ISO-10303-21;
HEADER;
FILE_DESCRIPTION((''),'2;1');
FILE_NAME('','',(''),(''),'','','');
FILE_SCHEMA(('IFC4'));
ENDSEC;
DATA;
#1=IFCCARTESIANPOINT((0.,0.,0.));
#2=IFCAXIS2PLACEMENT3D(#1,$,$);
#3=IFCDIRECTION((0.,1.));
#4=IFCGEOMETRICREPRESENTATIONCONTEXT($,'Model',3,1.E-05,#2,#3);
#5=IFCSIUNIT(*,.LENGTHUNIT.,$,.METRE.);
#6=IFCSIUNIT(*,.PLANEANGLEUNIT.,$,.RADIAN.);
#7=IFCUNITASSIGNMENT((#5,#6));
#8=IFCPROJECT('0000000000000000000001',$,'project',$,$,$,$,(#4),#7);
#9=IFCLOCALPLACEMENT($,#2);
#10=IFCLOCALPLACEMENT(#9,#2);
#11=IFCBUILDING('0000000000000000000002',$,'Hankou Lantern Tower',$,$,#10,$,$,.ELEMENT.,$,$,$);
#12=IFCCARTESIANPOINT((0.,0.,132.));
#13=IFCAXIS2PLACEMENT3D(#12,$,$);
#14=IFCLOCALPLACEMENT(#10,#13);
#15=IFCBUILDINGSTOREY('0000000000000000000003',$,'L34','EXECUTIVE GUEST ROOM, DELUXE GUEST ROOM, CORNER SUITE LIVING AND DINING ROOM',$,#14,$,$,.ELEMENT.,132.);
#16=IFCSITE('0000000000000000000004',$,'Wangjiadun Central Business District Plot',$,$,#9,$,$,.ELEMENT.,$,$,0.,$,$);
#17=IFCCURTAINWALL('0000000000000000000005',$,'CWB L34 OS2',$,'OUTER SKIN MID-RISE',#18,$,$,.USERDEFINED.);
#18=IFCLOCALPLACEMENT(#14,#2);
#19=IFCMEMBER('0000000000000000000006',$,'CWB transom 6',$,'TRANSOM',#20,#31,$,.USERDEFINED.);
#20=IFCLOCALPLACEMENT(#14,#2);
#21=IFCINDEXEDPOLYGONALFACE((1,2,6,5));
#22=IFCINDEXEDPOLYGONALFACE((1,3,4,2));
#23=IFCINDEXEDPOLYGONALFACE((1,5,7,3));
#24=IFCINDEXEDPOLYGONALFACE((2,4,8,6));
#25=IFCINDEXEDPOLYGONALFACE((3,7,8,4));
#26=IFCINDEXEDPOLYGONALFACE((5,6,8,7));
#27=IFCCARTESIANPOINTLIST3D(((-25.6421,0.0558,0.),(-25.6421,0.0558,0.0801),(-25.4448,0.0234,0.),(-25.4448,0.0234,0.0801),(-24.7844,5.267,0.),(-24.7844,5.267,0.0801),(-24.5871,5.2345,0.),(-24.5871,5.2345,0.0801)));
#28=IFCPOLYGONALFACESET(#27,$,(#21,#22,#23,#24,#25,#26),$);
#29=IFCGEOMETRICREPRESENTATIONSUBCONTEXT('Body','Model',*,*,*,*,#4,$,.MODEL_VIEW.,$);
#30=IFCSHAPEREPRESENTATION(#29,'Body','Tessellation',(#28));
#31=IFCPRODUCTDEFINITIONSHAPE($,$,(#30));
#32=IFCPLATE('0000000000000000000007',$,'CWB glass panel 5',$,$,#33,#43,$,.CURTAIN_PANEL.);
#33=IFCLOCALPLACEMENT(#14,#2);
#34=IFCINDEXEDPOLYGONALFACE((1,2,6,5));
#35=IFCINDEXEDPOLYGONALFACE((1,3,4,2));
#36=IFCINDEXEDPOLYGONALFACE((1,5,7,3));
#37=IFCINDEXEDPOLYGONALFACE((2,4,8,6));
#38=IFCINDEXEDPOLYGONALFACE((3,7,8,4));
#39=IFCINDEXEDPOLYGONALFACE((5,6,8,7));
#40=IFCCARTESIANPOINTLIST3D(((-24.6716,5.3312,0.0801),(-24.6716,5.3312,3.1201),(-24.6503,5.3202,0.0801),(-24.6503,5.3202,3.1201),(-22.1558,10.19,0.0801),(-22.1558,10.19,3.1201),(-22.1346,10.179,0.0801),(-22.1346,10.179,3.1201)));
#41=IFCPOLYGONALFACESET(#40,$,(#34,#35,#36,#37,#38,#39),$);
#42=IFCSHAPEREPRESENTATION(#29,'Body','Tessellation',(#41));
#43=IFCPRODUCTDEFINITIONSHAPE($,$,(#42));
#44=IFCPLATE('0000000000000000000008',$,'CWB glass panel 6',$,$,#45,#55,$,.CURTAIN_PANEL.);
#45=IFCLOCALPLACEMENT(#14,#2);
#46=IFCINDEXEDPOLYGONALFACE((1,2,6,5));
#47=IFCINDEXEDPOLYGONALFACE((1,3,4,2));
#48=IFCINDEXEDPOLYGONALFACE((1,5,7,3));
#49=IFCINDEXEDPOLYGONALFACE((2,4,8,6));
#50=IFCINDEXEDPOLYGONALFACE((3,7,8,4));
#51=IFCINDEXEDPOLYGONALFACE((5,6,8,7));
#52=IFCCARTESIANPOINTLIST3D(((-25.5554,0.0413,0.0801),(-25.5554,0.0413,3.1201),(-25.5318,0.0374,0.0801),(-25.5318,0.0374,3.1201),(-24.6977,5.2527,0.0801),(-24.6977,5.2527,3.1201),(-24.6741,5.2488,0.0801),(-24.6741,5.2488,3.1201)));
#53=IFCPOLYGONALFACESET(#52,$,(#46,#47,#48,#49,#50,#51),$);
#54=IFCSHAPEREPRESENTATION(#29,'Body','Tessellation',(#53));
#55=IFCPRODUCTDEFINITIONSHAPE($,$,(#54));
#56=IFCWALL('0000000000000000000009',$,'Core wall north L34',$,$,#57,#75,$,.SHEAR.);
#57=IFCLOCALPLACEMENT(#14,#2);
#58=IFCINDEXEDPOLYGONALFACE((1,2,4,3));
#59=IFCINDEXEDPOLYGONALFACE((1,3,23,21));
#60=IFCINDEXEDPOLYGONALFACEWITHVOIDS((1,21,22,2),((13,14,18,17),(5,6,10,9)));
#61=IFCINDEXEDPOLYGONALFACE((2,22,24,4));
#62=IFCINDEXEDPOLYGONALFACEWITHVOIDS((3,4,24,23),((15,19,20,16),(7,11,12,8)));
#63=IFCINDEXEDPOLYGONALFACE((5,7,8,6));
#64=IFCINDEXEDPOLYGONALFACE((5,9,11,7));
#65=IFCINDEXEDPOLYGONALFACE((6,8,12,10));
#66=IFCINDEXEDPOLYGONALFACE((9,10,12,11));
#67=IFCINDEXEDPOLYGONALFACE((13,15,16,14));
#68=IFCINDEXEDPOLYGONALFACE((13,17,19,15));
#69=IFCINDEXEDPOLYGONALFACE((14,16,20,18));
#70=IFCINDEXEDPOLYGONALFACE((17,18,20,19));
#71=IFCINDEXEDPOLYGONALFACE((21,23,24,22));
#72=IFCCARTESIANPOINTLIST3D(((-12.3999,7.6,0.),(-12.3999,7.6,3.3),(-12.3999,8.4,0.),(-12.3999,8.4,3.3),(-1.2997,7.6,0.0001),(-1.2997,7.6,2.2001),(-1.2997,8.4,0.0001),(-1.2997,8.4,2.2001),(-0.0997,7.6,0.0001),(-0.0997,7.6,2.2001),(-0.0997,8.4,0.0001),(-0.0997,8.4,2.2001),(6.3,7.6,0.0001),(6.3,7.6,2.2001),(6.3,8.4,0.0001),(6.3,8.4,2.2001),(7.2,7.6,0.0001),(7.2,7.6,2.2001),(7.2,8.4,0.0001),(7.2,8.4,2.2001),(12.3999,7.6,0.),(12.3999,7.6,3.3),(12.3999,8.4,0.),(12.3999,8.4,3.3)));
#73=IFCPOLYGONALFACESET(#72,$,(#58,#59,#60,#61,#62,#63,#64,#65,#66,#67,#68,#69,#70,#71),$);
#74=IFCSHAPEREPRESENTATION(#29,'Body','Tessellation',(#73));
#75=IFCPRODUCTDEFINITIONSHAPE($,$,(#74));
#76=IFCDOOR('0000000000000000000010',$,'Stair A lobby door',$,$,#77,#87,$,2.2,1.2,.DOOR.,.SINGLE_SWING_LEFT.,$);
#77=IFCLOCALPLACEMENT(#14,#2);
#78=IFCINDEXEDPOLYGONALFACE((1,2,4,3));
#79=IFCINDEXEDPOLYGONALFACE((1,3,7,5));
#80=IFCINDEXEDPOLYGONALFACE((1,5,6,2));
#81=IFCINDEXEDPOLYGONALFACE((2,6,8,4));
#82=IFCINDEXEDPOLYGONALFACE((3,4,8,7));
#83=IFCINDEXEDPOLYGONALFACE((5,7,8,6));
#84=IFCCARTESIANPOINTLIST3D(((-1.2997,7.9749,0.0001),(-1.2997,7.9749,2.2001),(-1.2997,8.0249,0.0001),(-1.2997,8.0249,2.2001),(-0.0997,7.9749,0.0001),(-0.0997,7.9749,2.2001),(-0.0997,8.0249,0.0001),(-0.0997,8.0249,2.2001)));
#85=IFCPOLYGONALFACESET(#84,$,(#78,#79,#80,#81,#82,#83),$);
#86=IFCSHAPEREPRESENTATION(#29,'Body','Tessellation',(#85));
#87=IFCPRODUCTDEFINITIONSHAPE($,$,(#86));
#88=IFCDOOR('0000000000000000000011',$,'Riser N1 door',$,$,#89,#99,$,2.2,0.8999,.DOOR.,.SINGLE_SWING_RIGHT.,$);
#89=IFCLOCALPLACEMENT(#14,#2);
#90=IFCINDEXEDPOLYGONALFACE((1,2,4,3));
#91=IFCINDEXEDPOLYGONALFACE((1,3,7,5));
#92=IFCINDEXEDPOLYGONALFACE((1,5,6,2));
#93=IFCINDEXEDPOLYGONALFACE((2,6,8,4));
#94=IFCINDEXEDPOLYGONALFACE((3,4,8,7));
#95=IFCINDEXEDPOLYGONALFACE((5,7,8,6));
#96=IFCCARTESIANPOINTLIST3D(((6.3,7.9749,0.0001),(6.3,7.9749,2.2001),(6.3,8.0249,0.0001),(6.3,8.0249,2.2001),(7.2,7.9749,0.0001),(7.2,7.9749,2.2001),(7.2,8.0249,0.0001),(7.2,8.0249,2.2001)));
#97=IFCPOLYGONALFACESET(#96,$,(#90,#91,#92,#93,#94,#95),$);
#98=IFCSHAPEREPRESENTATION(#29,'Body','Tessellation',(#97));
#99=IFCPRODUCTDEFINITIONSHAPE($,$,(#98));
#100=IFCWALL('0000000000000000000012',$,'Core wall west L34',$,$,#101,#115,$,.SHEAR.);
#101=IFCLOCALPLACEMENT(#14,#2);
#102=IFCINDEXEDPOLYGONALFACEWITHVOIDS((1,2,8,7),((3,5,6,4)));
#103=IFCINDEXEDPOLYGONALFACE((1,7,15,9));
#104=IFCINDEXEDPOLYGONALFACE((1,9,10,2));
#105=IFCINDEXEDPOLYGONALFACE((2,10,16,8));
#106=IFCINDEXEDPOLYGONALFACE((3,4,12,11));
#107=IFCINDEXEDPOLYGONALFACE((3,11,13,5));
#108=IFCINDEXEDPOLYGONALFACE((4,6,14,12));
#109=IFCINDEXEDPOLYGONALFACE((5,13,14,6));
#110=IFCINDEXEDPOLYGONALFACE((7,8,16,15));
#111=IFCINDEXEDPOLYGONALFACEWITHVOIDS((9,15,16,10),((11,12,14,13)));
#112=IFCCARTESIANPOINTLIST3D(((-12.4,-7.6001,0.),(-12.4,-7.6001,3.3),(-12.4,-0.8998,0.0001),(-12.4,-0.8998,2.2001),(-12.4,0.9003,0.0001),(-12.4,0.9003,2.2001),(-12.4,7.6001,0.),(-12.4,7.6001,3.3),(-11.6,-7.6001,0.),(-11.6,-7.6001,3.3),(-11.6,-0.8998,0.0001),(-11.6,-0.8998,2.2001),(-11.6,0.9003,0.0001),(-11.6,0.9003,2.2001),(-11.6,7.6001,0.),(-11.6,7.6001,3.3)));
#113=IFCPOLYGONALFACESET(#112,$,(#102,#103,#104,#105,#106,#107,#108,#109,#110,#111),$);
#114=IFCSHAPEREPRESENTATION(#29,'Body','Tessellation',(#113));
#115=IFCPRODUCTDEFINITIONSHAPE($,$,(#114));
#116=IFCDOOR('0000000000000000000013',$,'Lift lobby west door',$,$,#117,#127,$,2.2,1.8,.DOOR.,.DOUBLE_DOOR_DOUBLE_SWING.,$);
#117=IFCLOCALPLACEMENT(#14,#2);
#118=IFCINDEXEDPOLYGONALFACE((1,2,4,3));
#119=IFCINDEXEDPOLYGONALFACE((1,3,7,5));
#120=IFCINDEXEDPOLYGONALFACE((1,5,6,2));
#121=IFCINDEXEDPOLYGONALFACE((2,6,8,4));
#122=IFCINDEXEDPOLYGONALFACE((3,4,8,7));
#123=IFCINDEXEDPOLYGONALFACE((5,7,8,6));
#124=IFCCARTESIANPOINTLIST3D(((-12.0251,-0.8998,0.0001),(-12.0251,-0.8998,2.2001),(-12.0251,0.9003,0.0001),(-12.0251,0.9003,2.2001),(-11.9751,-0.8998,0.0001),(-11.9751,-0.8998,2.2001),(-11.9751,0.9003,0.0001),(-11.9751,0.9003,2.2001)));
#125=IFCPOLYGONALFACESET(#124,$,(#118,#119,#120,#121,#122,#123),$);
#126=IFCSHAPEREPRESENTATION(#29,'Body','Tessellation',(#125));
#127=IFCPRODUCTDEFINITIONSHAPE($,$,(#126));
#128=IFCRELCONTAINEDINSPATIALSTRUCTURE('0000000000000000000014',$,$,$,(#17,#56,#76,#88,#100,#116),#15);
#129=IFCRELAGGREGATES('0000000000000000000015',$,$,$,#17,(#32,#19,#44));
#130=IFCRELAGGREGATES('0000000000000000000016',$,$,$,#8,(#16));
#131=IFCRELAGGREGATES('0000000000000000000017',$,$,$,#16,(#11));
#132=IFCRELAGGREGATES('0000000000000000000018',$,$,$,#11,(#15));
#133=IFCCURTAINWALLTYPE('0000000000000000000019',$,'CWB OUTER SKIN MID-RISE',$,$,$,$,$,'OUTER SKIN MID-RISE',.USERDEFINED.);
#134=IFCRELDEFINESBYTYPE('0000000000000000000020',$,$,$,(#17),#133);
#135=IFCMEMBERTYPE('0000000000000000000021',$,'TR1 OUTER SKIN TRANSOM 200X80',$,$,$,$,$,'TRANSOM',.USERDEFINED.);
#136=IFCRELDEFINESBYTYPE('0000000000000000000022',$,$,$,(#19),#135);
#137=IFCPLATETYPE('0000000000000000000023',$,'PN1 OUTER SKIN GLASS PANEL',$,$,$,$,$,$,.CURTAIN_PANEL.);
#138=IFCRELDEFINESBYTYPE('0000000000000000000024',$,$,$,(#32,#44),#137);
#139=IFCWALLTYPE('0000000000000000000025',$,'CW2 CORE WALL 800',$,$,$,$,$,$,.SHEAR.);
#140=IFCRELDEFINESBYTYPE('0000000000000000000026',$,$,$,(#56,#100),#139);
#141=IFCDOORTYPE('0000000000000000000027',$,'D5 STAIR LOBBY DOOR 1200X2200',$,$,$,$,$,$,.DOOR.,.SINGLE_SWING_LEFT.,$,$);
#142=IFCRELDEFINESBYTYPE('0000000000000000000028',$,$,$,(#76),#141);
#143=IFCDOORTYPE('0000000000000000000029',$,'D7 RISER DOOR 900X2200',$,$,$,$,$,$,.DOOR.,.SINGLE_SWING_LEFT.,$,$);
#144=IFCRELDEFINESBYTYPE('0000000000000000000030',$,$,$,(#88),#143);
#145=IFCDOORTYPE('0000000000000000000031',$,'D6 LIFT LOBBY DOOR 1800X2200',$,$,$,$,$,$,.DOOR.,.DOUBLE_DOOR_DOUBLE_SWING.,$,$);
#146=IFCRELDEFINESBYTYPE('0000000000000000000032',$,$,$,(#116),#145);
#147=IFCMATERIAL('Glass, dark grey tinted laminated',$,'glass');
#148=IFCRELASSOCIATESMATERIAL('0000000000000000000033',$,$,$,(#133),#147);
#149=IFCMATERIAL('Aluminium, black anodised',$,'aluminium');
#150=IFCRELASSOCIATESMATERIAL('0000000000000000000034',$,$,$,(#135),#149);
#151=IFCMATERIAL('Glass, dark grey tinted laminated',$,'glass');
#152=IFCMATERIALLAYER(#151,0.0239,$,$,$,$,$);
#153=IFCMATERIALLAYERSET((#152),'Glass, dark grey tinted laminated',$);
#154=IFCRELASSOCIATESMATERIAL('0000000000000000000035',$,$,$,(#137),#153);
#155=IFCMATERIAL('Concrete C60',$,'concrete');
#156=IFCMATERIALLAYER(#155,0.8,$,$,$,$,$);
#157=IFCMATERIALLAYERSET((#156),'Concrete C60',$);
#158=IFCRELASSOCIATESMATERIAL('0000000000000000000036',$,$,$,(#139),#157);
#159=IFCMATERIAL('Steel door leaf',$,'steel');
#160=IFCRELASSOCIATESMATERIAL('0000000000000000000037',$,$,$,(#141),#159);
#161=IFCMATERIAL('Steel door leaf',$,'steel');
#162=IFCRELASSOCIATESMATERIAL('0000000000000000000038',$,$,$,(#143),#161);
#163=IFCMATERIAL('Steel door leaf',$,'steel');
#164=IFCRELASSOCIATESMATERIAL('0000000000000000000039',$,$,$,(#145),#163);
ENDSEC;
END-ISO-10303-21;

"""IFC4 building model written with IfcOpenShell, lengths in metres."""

from ifc_helpers import new_model, si_unit, direction, frame, frame_2d, origin, origin_2d, place, context, subcontext, project, spatial, rectangle, extrude, material, layer, layer_set, material_profile, profile_set, type_object, element, fill, aggregate, save


model = new_model("IFC4")

# Units and contexts
model_context = context("Model", 3, precision=1e-05, world=origin(), true_north=direction((0.0, 1.0)))
body_context = subcontext(model_context, "Body", "Model", "MODEL_VIEW")
ifc_project = project(units=[si_unit("LENGTHUNIT", "METRE"), si_unit("PLANEANGLEUNIT", "RADIAN")], contexts=[model_context])

# Site, building, storey
site_placement = place(None, origin())
site = spatial("IfcSite", under=ifc_project, at=site_placement, Name="Wangjiadun Central Business District Plot", CompositionType="ELEMENT", RefElevation=0.0)
building_placement = place(site_placement, origin())
building = spatial("IfcBuilding", under=site, at=building_placement, Name="Hankou Lantern Tower", CompositionType="ELEMENT")
storey_placement = place(building_placement, frame((0.0, 0.0, 132.0)))
storey = spatial("IfcBuildingStorey", under=building, at=storey_placement, Name="L34", Description="EXECUTIVE GUEST ROOM, DELUXE GUEST ROOM, CORNER SUITE LIVING AND DINING ROOM", CompositionType="ELEMENT", Elevation=132.0)

# Curtain wall
ifc_material_1 = material(Name="Glass, dark grey tinted laminated", Category="glass")
curtain_wall_type = type_object("IfcCurtainWallType", Name="CWB OUTER SKIN MID-RISE", ElementType="OUTER SKIN MID-RISE", PredefinedType="USERDEFINED", material=ifc_material_1)
curtain_wall_placement = place(storey_placement, origin())
curtain_wall = element("IfcCurtainWall", 1, at=curtain_wall_placement, inside=storey, type_object=curtain_wall_type, Name="CWB L34 OS2", ObjectType="OUTER SKIN MID-RISE", PredefinedType="USERDEFINED")

# Member
ifc_material_2 = material(Name="Aluminium, black anodised", Category="aluminium")
ifc_material_profile_1 = material_profile(ifc_material_2, rectangle(XDim=0.2, YDim=0.0801, at=origin_2d()), Name="TR1 200X80")
ifc_profile_set_1 = profile_set([ifc_material_profile_1], Name="Aluminium, black anodised")
member_type_1 = type_object("IfcMemberType", Name="TR1 OUTER SKIN TRANSOM 200X80", ElementType="TRANSOM", PredefinedType="USERDEFINED", material=ifc_profile_set_1)
member_1_placement = place(storey_placement, frame((-24.6858, 5.2507, 0.04), z_axis=(-0.162397, -0.986725, 0.0), x_axis=(0.986725, -0.162397, 0.0)))
member_1 = element("IfcMember", 2, at=member_1_placement, type_object=member_type_1, Name="CWB transom 6", ObjectType="TRANSOM", PredefinedType="USERDEFINED", context=body_context, shape_type="SweptSolid", body=[
    extrude(rectangle(XDim=0.2, YDim=0.0801, at=origin_2d()), origin(), (0.0, 0.0, 1.0), 5.2812),
])

# Plates
ifc_material_3 = material(Name="Glass, dark grey tinted laminated", Category="glass")
ifc_layer_1 = layer(ifc_material_3, 0.0239)
ifc_layer_set_1 = layer_set([ifc_layer_1], Name="Glass, dark grey tinted laminated")
plate_type = type_object("IfcPlateType", Name="PN1 OUTER SKIN GLASS PANEL", PredefinedType="CURTAIN_PANEL", material=ifc_layer_set_1)
plate_1_placement = place(storey_placement, frame((-23.4031, 7.7551, 0.0801), z_axis=(0.0, 0.0, 1.0), x_axis=(-0.459791, -0.888027, 0.0)))
plate_1 = element("IfcPlate", 3, at=plate_1_placement, type_object=plate_type, Name="CWB glass panel 5", PredefinedType="CURTAIN_PANEL", context=body_context, shape_type="SweptSolid", body=[
    extrude(rectangle(XDim=5.4714, YDim=0.0239, at=origin_2d()), origin(), (0.0, 0.0, 1.0), 3.04),
])
plate_2_placement = place(storey_placement, frame((-25.1147, 2.645, 0.0801), z_axis=(0.0, 0.0, 1.0), x_axis=(-0.162382, -0.986728, 0.0)))
plate_2 = element("IfcPlate", 4, at=plate_2_placement, type_object=plate_type, Name="CWB glass panel 6", PredefinedType="CURTAIN_PANEL", context=body_context, shape_type="SweptSolid", body=[
    extrude(rectangle(XDim=5.2815, YDim=0.0239, at=origin_2d()), origin(), (0.0, 0.0, 1.0), 3.04),
])
aggregate(curtain_wall, [plate_1, member_1, plate_2])

# Wall, openings, doors
ifc_material_4 = material(Name="Concrete C60", Category="concrete")
ifc_layer_2 = layer(ifc_material_4, 0.8)
ifc_layer_set_2 = layer_set([ifc_layer_2], Name="Concrete C60")
wall_type_1 = type_object("IfcWallType", Name="CW2 CORE WALL 800", PredefinedType="SHEAR", material=ifc_layer_set_2)
wall_1_placement = place(storey_placement, frame((-12.3999, 8.0, 0.0), z_axis=(0.0, 0.0, 1.0), x_axis=(1.0, 0.0, 0.0)))
wall_1 = element("IfcWall", 5, at=wall_1_placement, inside=storey, type_object=wall_type_1, Name="Core wall north L34", PredefinedType="SHEAR", context=body_context, shape_type="SweptSolid", body=[
    extrude(rectangle(XDim=24.7998, YDim=0.8, at=frame_2d((12.3999, 0.0))), origin(), (0.0, 0.0, 1.0), 3.3),
])
opening_1_placement = place(wall_1_placement, frame((11.1001, 0.0, 0.0)))
opening_1 = element("IfcOpeningElement", 6, at=opening_1_placement, cuts=wall_1, PredefinedType="OPENING", context=body_context, shape_type="SweptSolid", body=[
    extrude(rectangle(XDim=1.2, YDim=2.2, at=frame_2d((0.6001, 1.1001))), frame((0.0, 0.4099, 0.0), z_axis=(0.0, -1.0, 0.0), x_axis=(1.0, 0.0, 0.0)), (0.0, 0.0, 1.0), 0.8201),
])
opening_2_placement = place(wall_1_placement, frame((18.7, 0.0, 0.0)))
opening_2 = element("IfcOpeningElement", 7, at=opening_2_placement, cuts=wall_1, PredefinedType="OPENING", context=body_context, shape_type="SweptSolid", body=[
    extrude(rectangle(XDim=0.8999, YDim=2.2, at=frame_2d((0.45, 1.1001))), frame((0.0, 0.4099, 0.0), z_axis=(0.0, -1.0, 0.0), x_axis=(1.0, 0.0, 0.0)), (0.0, 0.0, 1.0), 0.8201),
])
ifc_material_5 = material(Name="Steel door leaf", Category="steel")
door_type_1 = type_object("IfcDoorType", Name="D5 STAIR LOBBY DOOR 1200X2200", OperationType="SINGLE_SWING_LEFT", PredefinedType="DOOR", material=ifc_material_5)
door_1_placement = place(opening_1_placement, origin())
door_1 = element("IfcDoor", 8, at=door_1_placement, inside=storey, type_object=door_type_1, Name="Stair A lobby door", OperationType="SINGLE_SWING_LEFT", OverallHeight=2.2, OverallWidth=1.2, PredefinedType="DOOR", context=body_context, shape_type="SweptSolid", body=[
    extrude(rectangle(XDim=1.2, YDim=2.2, at=frame_2d((0.6001, 1.1001))), frame((0.0, 0.0249, 0.0), z_axis=(0.0, -1.0, 0.0), x_axis=(1.0, 0.0, 0.0)), (0.0, 0.0, 1.0), 0.05),
])
fill(opening_1, door_1)
ifc_material_6 = material(Name="Steel door leaf", Category="steel")
door_type_2 = type_object("IfcDoorType", Name="D7 RISER DOOR 900X2200", OperationType="SINGLE_SWING_LEFT", PredefinedType="DOOR", material=ifc_material_6)
door_2_placement = place(opening_2_placement, origin())
door_2 = element("IfcDoor", 9, at=door_2_placement, inside=storey, type_object=door_type_2, Name="Riser N1 door", OperationType="SINGLE_SWING_RIGHT", OverallHeight=2.2, OverallWidth=0.8999, PredefinedType="DOOR", context=body_context, shape_type="SweptSolid", body=[
    extrude(rectangle(XDim=0.8999, YDim=2.2, at=frame_2d((0.45, 1.1001))), frame((0.0, 0.0249, 0.0), z_axis=(0.0, -1.0, 0.0), x_axis=(1.0, 0.0, 0.0)), (0.0, 0.0, 1.0), 0.05),
])
fill(opening_2, door_2)

# Wall, opening, door
wall_2_placement = place(storey_placement, frame((-12.0, 7.6001, 0.0), z_axis=(0.0, 0.0, 1.0), x_axis=(0.0, -1.0, 0.0)))
wall_2 = element("IfcWall", 10, at=wall_2_placement, inside=storey, type_object=wall_type_1, Name="Core wall west L34", PredefinedType="SHEAR", context=body_context, shape_type="SweptSolid", body=[
    extrude(rectangle(XDim=15.2002, YDim=0.8, at=frame_2d((7.6001, 0.0))), origin(), (0.0, 0.0, 1.0), 3.3),
])
opening_3_placement = place(wall_2_placement, frame((6.7, 0.0, 0.0)))
opening_3 = element("IfcOpeningElement", 11, at=opening_3_placement, cuts=wall_2, PredefinedType="OPENING", context=body_context, shape_type="SweptSolid", body=[
    extrude(rectangle(XDim=1.8, YDim=2.2, at=frame_2d((0.8999, 1.1001))), frame((0.0, 0.4099, 0.0), z_axis=(0.0, -1.0, 0.0), x_axis=(1.0, 0.0, 0.0)), (0.0, 0.0, 1.0), 0.8201),
])
ifc_material_7 = material(Name="Steel door leaf", Category="steel")
door_type_3 = type_object("IfcDoorType", Name="D6 LIFT LOBBY DOOR 1800X2200", OperationType="DOUBLE_DOOR_DOUBLE_SWING", PredefinedType="DOOR", material=ifc_material_7)
door_3_placement = place(opening_3_placement, origin())
door_3 = element("IfcDoor", 12, at=door_3_placement, inside=storey, type_object=door_type_3, Name="Lift lobby west door", OperationType="DOUBLE_DOOR_DOUBLE_SWING", OverallHeight=2.2, OverallWidth=1.8, PredefinedType="DOOR", context=body_context, shape_type="SweptSolid", body=[
    extrude(rectangle(XDim=1.8, YDim=2.2, at=frame_2d((0.8999, 1.1001))), frame((0.0, 0.0249, 0.0), z_axis=(0.0, -1.0, 0.0), x_axis=(1.0, 0.0, 0.0)), (0.0, 0.0, 1.0), 0.05),
])
fill(opening_3, door_3)

save(model, "model.ifc")
